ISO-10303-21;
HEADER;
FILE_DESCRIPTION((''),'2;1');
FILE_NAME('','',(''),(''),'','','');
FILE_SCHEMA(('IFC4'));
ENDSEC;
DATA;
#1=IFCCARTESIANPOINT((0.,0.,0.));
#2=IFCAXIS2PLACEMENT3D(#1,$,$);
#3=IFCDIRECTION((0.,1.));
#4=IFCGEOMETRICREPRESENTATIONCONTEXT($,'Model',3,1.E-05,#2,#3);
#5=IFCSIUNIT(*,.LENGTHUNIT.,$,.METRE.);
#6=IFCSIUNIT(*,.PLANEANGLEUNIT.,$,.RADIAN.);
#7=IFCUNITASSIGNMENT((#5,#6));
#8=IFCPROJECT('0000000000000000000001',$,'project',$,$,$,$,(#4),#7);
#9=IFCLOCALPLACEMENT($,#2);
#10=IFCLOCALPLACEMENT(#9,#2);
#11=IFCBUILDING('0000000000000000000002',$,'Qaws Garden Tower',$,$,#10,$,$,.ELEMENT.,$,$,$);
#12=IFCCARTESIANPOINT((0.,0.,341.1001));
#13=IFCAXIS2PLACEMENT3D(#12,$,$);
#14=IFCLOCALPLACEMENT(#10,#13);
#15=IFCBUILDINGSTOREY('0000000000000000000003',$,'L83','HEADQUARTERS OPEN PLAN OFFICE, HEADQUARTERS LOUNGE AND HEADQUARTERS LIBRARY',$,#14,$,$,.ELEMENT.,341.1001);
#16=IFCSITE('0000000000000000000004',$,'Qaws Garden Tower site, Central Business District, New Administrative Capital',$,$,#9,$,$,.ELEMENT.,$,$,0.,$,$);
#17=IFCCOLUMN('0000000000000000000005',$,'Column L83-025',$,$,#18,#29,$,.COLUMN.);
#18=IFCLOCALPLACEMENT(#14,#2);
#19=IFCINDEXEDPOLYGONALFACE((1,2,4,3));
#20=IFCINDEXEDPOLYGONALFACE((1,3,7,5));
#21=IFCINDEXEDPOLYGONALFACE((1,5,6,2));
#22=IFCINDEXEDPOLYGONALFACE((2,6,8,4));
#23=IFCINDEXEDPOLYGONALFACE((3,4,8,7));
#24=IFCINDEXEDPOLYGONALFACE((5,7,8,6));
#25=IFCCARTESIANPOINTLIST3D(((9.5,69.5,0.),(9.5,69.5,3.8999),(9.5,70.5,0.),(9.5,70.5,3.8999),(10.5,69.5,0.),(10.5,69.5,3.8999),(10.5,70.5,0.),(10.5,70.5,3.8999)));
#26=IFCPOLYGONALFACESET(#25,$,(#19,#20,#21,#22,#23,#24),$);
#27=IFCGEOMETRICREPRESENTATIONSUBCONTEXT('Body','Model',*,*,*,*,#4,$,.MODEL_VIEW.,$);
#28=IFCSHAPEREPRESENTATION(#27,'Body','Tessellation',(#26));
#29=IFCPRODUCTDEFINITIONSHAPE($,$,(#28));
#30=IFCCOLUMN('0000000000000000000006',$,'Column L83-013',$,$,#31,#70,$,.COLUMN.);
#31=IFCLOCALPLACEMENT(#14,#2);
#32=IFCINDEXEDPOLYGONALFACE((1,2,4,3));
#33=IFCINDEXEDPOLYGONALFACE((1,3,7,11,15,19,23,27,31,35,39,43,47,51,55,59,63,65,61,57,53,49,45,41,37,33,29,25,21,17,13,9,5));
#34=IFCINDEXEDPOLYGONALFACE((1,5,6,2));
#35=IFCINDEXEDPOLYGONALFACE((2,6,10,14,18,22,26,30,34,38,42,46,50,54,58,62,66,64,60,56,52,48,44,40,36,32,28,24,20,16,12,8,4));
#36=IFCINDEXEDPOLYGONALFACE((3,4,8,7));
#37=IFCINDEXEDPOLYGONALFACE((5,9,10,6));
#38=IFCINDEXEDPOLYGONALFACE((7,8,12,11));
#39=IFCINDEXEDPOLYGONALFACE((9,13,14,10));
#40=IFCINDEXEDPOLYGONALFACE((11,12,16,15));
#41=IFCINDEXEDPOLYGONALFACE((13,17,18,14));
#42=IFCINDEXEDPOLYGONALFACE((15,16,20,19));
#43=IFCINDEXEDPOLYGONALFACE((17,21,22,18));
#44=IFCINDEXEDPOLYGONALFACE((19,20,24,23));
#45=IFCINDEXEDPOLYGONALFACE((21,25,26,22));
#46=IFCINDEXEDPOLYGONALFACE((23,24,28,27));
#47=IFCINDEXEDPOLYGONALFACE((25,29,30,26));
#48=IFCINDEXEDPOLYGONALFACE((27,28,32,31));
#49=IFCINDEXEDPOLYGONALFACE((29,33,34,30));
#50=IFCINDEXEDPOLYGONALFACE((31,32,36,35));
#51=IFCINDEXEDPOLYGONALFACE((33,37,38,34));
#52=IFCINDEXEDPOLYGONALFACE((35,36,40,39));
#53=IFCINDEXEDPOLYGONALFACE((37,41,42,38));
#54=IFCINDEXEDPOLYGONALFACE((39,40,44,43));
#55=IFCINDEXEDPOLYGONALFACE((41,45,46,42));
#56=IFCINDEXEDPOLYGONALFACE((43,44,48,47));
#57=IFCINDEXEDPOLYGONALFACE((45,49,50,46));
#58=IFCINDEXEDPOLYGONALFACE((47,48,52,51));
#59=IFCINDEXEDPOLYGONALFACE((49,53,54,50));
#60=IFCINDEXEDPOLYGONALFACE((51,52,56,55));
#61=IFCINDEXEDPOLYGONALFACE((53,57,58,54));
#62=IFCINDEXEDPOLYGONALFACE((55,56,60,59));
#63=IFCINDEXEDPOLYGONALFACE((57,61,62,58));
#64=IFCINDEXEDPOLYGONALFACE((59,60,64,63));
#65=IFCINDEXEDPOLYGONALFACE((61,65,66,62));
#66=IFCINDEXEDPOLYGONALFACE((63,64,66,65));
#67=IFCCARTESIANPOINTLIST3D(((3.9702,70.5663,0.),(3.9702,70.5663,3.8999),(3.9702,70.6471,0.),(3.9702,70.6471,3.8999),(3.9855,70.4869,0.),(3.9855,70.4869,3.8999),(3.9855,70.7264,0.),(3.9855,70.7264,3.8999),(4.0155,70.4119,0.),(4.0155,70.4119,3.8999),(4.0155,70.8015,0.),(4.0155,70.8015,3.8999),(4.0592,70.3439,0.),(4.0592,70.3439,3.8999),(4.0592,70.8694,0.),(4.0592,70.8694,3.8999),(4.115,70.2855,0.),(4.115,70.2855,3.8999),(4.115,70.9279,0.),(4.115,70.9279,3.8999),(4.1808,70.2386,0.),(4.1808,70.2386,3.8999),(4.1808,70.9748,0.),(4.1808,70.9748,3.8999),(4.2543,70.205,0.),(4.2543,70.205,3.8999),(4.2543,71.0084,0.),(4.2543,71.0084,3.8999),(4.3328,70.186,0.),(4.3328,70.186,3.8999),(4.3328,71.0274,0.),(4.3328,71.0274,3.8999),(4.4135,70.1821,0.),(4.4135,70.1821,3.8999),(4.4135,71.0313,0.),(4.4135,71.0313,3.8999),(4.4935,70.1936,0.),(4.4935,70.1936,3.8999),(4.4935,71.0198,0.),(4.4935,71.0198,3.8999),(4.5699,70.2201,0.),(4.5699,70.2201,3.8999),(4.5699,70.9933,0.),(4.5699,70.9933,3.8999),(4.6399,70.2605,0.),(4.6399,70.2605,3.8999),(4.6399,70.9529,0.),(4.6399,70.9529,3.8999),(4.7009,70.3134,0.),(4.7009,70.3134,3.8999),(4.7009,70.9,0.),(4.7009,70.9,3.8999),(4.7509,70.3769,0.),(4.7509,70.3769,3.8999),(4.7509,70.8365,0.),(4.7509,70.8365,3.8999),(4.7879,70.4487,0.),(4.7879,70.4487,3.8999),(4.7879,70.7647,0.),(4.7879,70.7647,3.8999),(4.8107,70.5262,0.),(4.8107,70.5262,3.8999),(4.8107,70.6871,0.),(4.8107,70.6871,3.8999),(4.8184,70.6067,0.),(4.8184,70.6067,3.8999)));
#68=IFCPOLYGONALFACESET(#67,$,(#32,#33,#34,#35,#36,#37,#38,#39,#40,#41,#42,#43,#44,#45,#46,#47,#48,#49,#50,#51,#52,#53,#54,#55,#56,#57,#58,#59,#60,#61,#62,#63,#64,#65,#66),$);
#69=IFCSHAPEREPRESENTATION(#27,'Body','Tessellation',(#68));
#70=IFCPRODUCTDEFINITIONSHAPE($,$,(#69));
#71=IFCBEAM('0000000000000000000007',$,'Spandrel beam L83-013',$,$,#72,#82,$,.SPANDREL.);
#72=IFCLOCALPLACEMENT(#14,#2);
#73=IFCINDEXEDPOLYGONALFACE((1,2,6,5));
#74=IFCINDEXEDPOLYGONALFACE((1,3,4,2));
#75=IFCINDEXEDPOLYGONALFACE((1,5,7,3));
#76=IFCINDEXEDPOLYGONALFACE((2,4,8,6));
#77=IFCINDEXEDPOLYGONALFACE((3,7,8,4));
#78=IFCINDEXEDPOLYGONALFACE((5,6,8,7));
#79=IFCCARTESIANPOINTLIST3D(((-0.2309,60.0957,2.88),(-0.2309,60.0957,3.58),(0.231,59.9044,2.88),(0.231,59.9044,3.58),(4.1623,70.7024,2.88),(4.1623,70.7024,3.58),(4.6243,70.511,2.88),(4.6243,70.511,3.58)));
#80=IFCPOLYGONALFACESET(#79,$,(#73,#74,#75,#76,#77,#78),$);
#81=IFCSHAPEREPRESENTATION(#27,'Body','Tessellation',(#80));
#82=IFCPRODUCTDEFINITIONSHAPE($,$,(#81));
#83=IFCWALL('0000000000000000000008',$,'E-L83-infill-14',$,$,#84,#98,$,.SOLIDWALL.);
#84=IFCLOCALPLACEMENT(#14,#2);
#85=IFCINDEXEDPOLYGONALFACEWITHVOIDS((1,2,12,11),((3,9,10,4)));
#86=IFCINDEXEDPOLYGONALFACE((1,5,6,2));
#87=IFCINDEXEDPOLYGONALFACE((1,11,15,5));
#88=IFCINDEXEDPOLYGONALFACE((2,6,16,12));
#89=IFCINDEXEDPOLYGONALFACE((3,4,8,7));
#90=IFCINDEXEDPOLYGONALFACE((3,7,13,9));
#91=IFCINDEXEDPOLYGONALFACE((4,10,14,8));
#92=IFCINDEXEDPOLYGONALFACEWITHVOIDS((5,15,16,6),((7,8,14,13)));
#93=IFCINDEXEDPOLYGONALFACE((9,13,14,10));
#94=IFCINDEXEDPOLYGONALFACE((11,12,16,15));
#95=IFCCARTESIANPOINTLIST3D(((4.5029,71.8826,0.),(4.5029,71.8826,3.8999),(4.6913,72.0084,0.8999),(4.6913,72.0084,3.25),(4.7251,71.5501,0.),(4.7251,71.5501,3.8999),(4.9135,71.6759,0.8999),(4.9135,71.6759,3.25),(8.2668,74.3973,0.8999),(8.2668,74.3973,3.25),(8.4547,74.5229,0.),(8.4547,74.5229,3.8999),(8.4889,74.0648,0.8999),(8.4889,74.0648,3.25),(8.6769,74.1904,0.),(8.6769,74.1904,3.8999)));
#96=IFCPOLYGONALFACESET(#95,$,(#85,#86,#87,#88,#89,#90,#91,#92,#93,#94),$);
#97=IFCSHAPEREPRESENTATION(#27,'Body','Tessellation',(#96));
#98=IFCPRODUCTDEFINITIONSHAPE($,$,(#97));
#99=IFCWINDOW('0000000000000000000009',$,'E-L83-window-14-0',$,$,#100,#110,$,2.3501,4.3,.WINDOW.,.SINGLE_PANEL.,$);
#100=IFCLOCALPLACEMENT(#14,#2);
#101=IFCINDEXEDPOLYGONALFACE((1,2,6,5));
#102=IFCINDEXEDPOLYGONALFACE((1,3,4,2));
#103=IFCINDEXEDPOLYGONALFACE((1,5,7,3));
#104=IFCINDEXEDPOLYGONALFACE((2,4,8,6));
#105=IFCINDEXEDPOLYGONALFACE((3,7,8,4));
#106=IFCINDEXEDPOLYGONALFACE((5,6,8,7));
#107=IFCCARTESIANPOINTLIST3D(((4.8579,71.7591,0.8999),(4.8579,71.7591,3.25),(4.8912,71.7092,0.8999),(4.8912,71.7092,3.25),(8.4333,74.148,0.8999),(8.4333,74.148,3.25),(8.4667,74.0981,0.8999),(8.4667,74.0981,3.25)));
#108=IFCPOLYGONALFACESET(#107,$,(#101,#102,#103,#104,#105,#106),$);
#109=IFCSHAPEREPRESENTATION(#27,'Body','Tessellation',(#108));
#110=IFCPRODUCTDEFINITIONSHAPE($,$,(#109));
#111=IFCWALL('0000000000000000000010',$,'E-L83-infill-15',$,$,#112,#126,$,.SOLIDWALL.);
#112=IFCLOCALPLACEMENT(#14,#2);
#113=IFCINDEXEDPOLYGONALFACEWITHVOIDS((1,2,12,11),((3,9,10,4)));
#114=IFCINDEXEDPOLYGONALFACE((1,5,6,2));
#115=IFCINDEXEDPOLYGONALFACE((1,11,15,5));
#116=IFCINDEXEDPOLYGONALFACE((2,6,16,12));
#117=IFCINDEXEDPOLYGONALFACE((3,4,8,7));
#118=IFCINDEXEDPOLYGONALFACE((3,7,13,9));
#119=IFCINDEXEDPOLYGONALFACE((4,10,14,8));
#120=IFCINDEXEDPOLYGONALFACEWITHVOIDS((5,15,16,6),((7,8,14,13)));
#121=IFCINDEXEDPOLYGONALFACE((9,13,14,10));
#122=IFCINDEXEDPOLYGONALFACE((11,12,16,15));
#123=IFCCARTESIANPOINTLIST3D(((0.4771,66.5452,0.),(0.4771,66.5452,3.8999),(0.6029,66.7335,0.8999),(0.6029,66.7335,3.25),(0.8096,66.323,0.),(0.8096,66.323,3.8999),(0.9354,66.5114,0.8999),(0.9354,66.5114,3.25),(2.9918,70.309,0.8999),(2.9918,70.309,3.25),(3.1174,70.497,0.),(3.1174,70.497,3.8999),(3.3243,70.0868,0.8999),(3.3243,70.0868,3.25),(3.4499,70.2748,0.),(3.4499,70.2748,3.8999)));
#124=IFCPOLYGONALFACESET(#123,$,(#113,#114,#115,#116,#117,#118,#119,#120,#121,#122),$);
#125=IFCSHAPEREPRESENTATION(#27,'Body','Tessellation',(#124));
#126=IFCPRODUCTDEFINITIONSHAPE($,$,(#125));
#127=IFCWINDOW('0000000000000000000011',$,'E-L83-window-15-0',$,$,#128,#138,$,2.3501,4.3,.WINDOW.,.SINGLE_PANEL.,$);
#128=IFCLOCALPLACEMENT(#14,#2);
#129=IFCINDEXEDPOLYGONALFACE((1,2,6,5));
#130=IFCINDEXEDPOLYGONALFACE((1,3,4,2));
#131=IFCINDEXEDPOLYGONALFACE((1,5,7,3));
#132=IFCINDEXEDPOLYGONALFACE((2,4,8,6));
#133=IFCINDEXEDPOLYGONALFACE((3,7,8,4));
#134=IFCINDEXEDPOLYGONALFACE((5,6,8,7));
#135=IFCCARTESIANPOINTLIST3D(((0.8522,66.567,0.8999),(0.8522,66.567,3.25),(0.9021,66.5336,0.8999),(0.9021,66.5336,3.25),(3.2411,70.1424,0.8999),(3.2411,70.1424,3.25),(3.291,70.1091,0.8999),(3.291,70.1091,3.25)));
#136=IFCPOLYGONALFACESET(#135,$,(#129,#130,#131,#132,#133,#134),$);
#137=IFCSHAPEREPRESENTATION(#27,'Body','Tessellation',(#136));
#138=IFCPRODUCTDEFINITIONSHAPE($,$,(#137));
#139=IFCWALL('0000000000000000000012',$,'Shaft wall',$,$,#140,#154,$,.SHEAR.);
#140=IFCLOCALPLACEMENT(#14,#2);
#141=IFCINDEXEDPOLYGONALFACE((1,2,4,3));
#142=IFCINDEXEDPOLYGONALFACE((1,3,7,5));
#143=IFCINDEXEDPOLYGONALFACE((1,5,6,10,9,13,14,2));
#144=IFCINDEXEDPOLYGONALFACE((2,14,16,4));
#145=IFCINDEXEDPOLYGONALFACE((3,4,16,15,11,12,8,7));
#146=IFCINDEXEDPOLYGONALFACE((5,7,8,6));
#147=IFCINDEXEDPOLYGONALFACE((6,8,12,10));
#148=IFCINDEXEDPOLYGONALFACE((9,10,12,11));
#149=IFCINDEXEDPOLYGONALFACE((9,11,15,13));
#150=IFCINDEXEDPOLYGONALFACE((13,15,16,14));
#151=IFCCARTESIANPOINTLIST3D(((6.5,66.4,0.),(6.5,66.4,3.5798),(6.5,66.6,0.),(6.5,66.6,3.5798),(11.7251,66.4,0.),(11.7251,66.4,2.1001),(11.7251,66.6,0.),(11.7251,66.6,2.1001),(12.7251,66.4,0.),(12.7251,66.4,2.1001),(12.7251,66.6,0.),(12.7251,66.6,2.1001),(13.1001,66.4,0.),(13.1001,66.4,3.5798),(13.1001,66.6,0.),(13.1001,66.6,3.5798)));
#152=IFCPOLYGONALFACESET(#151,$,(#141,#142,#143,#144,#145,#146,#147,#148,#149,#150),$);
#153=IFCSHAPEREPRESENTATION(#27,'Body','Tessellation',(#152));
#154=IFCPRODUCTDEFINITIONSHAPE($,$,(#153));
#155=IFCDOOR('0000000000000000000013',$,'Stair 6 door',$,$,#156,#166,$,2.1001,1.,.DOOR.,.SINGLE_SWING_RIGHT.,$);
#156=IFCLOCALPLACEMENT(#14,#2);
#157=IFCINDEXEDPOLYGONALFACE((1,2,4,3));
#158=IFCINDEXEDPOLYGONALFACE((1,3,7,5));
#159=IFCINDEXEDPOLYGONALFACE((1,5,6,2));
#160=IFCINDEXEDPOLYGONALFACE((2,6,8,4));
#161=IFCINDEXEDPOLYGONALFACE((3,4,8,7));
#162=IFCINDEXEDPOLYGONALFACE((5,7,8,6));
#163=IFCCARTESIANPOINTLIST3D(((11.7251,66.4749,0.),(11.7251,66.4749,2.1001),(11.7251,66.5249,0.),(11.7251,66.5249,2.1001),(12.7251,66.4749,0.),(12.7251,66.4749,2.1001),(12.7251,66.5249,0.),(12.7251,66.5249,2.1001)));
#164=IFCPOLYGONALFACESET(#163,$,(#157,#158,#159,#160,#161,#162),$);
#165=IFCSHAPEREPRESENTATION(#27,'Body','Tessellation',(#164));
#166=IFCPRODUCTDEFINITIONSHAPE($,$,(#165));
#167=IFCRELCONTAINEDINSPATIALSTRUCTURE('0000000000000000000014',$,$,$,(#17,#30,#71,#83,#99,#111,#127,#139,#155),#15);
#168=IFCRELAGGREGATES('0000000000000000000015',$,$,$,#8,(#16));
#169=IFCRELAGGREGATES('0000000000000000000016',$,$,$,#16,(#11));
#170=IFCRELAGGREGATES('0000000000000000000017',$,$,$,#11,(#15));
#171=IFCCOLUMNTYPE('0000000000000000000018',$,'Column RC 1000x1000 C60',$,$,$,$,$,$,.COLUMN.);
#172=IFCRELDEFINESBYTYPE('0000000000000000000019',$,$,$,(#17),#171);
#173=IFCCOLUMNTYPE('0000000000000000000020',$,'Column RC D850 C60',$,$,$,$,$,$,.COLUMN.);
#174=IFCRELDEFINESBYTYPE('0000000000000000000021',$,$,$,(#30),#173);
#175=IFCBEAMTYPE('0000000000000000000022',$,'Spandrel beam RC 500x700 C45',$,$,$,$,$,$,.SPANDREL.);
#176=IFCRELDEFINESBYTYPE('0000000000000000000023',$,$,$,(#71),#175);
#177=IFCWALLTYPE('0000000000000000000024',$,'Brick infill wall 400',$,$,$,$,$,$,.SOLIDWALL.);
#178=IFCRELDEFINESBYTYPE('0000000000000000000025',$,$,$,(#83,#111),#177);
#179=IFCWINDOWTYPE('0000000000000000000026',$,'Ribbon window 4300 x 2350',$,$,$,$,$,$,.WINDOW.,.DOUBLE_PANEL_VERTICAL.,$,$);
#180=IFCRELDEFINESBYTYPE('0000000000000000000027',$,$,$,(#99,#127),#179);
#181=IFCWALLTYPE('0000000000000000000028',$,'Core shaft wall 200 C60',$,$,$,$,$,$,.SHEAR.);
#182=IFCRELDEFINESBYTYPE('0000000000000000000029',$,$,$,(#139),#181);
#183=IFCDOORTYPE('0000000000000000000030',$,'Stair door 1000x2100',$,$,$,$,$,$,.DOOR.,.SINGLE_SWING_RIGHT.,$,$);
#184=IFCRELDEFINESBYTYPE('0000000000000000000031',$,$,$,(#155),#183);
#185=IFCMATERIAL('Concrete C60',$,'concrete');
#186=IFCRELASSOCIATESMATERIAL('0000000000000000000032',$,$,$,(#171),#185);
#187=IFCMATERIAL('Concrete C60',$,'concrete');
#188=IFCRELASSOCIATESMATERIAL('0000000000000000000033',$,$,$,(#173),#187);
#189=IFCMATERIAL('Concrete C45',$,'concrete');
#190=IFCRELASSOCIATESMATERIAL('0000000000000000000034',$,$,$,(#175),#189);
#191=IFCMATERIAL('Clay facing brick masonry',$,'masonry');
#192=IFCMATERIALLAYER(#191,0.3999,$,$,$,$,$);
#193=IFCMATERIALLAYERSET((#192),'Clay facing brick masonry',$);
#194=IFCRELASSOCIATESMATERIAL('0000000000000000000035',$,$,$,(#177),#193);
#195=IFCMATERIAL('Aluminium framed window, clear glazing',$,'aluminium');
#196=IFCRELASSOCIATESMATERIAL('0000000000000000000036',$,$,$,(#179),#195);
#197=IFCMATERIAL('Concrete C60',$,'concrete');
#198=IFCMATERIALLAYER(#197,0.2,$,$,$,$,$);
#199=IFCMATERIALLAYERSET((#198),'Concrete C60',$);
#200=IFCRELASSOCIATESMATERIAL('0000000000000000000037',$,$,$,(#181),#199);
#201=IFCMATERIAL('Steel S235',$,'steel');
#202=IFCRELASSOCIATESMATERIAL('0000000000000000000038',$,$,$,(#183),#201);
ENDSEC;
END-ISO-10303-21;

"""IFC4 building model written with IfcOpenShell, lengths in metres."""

from ifc_helpers import new_model, si_unit, direction, frame, frame_2d, origin, origin_2d, place, context, subcontext, project, spatial, rectangle, circle, extrude, material, layer, layer_set, material_profile, profile_set, type_object, element, fill, save


model = new_model("IFC4")

# Units and contexts
model_context = context("Model", 3, precision=1e-05, world=origin(), true_north=direction((0.0, 1.0)))
body_context = subcontext(model_context, "Body", "Model", "MODEL_VIEW")
ifc_project = project(units=[si_unit("LENGTHUNIT", "METRE"), si_unit("PLANEANGLEUNIT", "RADIAN")], contexts=[model_context])

# Site, building, storey
site_placement = place(None, origin())
site = spatial("IfcSite", under=ifc_project, at=site_placement, Name="Qaws Garden Tower site, Central Business District, New Administrative Capital", CompositionType="ELEMENT", RefElevation=0.0)
building_placement = place(site_placement, origin())
building = spatial("IfcBuilding", under=site, at=building_placement, Name="Qaws Garden Tower", CompositionType="ELEMENT")
storey_placement = place(building_placement, frame((0.0, 0.0, 341.1001)))
storey = spatial("IfcBuildingStorey", under=building, at=storey_placement, Name="L83", Description="HEADQUARTERS OPEN PLAN OFFICE, HEADQUARTERS LOUNGE AND HEADQUARTERS LIBRARY", CompositionType="ELEMENT", Elevation=341.1001)

# Columns
ifc_material_1 = material(Name="Concrete C60", Category="concrete")
ifc_material_profile_1 = material_profile(ifc_material_1, rectangle(XDim=1.0, YDim=1.0, at=origin_2d()), Name="RC 1000x1000")
ifc_profile_set_1 = profile_set([ifc_material_profile_1], Name="Concrete C60")
column_type_1 = type_object("IfcColumnType", Name="Column RC 1000x1000 C60", PredefinedType="COLUMN", material=ifc_profile_set_1)
column_1_placement = place(storey_placement, frame((10.0, 70.0, 0.0), z_axis=(0.0, 0.0, 1.0), x_axis=(1.0, 0.0, 0.0)))
element("IfcColumn", 1, at=column_1_placement, inside=storey, type_object=column_type_1, Name="Column L83-025", PredefinedType="COLUMN", context=body_context, shape_type="SweptSolid", body=[
    extrude(rectangle(XDim=1.0, YDim=1.0, at=origin_2d()), origin(), (0.0, 0.0, 1.0), 3.8999),
])
ifc_material_2 = material(Name="Concrete C60", Category="concrete")
ifc_material_profile_2 = material_profile(ifc_material_2, circle(Radius=0.425, at=origin_2d()), Name="RC D850")
ifc_profile_set_2 = profile_set([ifc_material_profile_2], Name="Concrete C60")
column_type_2 = type_object("IfcColumnType", Name="Column RC D850 C60", PredefinedType="COLUMN", material=ifc_profile_set_2)
column_2_placement = place(storey_placement, frame((4.3933, 70.6067, 0.0), z_axis=(0.0, 0.0, 1.0), x_axis=(1.0, 0.0, 0.0)))
element("IfcColumn", 2, at=column_2_placement, inside=storey, type_object=column_type_2, Name="Column L83-013", PredefinedType="COLUMN", context=body_context, shape_type="SweptSolid", body=[
    extrude(circle(Radius=0.425, at=origin_2d()), origin(), (0.0, 0.0, 1.0), 3.8999),
])

# Beam
ifc_material_3 = material(Name="Concrete C45", Category="concrete")
ifc_material_profile_3 = material_profile(ifc_material_3, rectangle(XDim=0.5, YDim=0.7, at=origin_2d()), Name="RC 500x700")
ifc_profile_set_3 = profile_set([ifc_material_profile_3], Name="Concrete C45")
beam_type = type_object("IfcBeamType", Name="Spandrel beam RC 500x700 C45", PredefinedType="SPANDREL", material=ifc_profile_set_3)
beam_placement = place(storey_placement, frame((4.3933, 70.6067, 3.23), z_axis=(-0.382674, -0.923883, 0.0), x_axis=(0.923883, -0.382674, 0.0)))
element("IfcBeam", 3, at=beam_placement, inside=storey, type_object=beam_type, Name="Spandrel beam L83-013", PredefinedType="SPANDREL", context=body_context, shape_type="SweptSolid", body=[
    extrude(rectangle(XDim=0.5, YDim=0.7, at=origin_2d()), origin(), (0.0, 0.0, 1.0), 11.4805),
])

# Walls, openings, windows
ifc_material_4 = material(Name="Clay facing brick masonry", Category="masonry")
ifc_layer_1 = layer(ifc_material_4, 0.3999)
ifc_layer_set_1 = layer_set([ifc_layer_1], Name="Clay facing brick masonry")
wall_type_1 = type_object("IfcWallType", Name="Brick infill wall 400", PredefinedType="SOLIDWALL", material=ifc_layer_set_1)
wall_1_placement = place(storey_placement, frame((8.5659, 74.3567, 0.0), z_axis=(0.0, 0.0, 1.0), x_axis=(-0.831489, -0.555542, 0.0)))
wall_1 = element("IfcWall", 4, at=wall_1_placement, inside=storey, type_object=wall_type_1, Name="E-L83-infill-14", PredefinedType="SOLIDWALL", context=body_context, shape_type="SweptSolid", body=[
    extrude(rectangle(XDim=4.7527, YDim=0.3999, at=frame_2d((2.3765, 0.0))), origin(), (0.0, 0.0, 1.0), 3.8999),
])
opening_1_placement = place(wall_1_placement, frame((0.2263, 0.0, 0.8999)))
opening_1 = element("IfcOpeningElement", 5, at=opening_1_placement, cuts=wall_1, PredefinedType="OPENING", context=body_context, shape_type="SweptSolid", body=[
    extrude(rectangle(XDim=4.3, YDim=2.3501, at=frame_2d((2.1499, 1.175))), frame((0.0, 0.21, 0.0), z_axis=(0.0, -1.0, 0.0), x_axis=(1.0, 0.0, 0.0)), (0.0, 0.0, 1.0), 0.4199),
])
ifc_material_5 = material(Name="Aluminium framed window, clear glazing", Category="aluminium")
window_type = type_object("IfcWindowType", Name="Ribbon window 4300 x 2350", PartitioningType="DOUBLE_PANEL_VERTICAL", PredefinedType="WINDOW", material=ifc_material_5)
window_1_placement = place(opening_1_placement, origin())
window_1 = element("IfcWindow", 6, at=window_1_placement, inside=storey, type_object=window_type, Name="E-L83-window-14-0", OverallHeight=2.3501, OverallWidth=4.3, PartitioningType="SINGLE_PANEL", PredefinedType="WINDOW", context=body_context, shape_type="SweptSolid", body=[
    extrude(rectangle(XDim=4.3, YDim=2.3501, at=frame_2d((2.1499, 1.175))), frame((0.0, 0.1599, 0.0), z_axis=(0.0, -1.0, 0.0), x_axis=(1.0, 0.0, 0.0)), (0.0, 0.0, 1.0), 0.0601),
])
fill(opening_1, window_1)
wall_2_placement = place(storey_placement, frame((3.2837, 70.386, 0.0), z_axis=(0.0, 0.0, 1.0), x_axis=(-0.555542, -0.831489, 0.0)))
wall_2 = element("IfcWall", 7, at=wall_2_placement, inside=storey, type_object=wall_type_1, Name="E-L83-infill-15", PredefinedType="SOLIDWALL", context=body_context, shape_type="SweptSolid", body=[
    extrude(rectangle(XDim=4.7527, YDim=0.3999, at=frame_2d((2.3765, 0.0))), origin(), (0.0, 0.0, 1.0), 3.8999),
])
opening_2_placement = place(wall_2_placement, frame((0.2263, 0.0, 0.8999)))
opening_2 = element("IfcOpeningElement", 8, at=opening_2_placement, cuts=wall_2, PredefinedType="OPENING", context=body_context, shape_type="SweptSolid", body=[
    extrude(rectangle(XDim=4.3, YDim=2.3501, at=frame_2d((2.1499, 1.175))), frame((0.0, 0.21, 0.0), z_axis=(0.0, -1.0, 0.0), x_axis=(1.0, 0.0, 0.0)), (0.0, 0.0, 1.0), 0.4199),
])
window_2_placement = place(opening_2_placement, origin())
window_2 = element("IfcWindow", 9, at=window_2_placement, inside=storey, type_object=window_type, Name="E-L83-window-15-0", OverallHeight=2.3501, OverallWidth=4.3, PartitioningType="SINGLE_PANEL", PredefinedType="WINDOW", context=body_context, shape_type="SweptSolid", body=[
    extrude(rectangle(XDim=4.3, YDim=2.3501, at=frame_2d((2.1499, 1.175))), frame((0.0, 0.1599, 0.0), z_axis=(0.0, -1.0, 0.0), x_axis=(1.0, 0.0, 0.0)), (0.0, 0.0, 1.0), 0.0601),
])
fill(opening_2, window_2)

# Wall, opening, door
ifc_material_6 = material(Name="Concrete C60", Category="concrete")
ifc_layer_2 = layer(ifc_material_6, 0.2)
ifc_layer_set_2 = layer_set([ifc_layer_2], Name="Concrete C60")
wall_type_2 = type_object("IfcWallType", Name="Core shaft wall 200 C60", PredefinedType="SHEAR", material=ifc_layer_set_2)
wall_3_placement = place(storey_placement, frame((6.5, 66.5, 0.0), z_axis=(0.0, 0.0, 1.0), x_axis=(1.0, 0.0, 0.0)))
wall_3 = element("IfcWall", 10, at=wall_3_placement, inside=storey, type_object=wall_type_2, Name="Shaft wall", PredefinedType="SHEAR", context=body_context, shape_type="SweptSolid", body=[
    extrude(rectangle(XDim=6.6001, YDim=0.2, at=frame_2d((3.3, 0.0))), origin(), (0.0, 0.0, 1.0), 3.5798),
])
opening_3_placement = place(wall_3_placement, frame((5.2251, 0.0, 0.0)))
opening_3 = element("IfcOpeningElement", 11, at=opening_3_placement, cuts=wall_3, PredefinedType="OPENING", context=body_context, shape_type="SweptSolid", body=[
    extrude(rectangle(XDim=1.0, YDim=2.1001, at=frame_2d((0.5, 1.05))), frame((0.0, 0.1099, 0.0), z_axis=(0.0, -1.0, 0.0), x_axis=(1.0, 0.0, 0.0)), (0.0, 0.0, 1.0), 0.22),
])
ifc_material_7 = material(Name="Steel S235", Category="steel")
door_type = type_object("IfcDoorType", Name="Stair door 1000x2100", OperationType="SINGLE_SWING_RIGHT", PredefinedType="DOOR", material=ifc_material_7)
door_1_placement = place(opening_3_placement, origin())
door_1 = element("IfcDoor", 12, at=door_1_placement, inside=storey, type_object=door_type, Name="Stair 6 door", OperationType="SINGLE_SWING_RIGHT", OverallHeight=2.1001, OverallWidth=1.0, PredefinedType="DOOR", context=body_context, shape_type="SweptSolid", body=[
    extrude(rectangle(XDim=1.0, YDim=2.1001, at=frame_2d((0.5, 1.05))), frame((0.0, 0.0249, 0.0), z_axis=(0.0, -1.0, 0.0), x_axis=(1.0, 0.0, 0.0)), (0.0, 0.0, 1.0), 0.05),
])
fill(opening_3, door_1)

save(model, "model.ifc")
